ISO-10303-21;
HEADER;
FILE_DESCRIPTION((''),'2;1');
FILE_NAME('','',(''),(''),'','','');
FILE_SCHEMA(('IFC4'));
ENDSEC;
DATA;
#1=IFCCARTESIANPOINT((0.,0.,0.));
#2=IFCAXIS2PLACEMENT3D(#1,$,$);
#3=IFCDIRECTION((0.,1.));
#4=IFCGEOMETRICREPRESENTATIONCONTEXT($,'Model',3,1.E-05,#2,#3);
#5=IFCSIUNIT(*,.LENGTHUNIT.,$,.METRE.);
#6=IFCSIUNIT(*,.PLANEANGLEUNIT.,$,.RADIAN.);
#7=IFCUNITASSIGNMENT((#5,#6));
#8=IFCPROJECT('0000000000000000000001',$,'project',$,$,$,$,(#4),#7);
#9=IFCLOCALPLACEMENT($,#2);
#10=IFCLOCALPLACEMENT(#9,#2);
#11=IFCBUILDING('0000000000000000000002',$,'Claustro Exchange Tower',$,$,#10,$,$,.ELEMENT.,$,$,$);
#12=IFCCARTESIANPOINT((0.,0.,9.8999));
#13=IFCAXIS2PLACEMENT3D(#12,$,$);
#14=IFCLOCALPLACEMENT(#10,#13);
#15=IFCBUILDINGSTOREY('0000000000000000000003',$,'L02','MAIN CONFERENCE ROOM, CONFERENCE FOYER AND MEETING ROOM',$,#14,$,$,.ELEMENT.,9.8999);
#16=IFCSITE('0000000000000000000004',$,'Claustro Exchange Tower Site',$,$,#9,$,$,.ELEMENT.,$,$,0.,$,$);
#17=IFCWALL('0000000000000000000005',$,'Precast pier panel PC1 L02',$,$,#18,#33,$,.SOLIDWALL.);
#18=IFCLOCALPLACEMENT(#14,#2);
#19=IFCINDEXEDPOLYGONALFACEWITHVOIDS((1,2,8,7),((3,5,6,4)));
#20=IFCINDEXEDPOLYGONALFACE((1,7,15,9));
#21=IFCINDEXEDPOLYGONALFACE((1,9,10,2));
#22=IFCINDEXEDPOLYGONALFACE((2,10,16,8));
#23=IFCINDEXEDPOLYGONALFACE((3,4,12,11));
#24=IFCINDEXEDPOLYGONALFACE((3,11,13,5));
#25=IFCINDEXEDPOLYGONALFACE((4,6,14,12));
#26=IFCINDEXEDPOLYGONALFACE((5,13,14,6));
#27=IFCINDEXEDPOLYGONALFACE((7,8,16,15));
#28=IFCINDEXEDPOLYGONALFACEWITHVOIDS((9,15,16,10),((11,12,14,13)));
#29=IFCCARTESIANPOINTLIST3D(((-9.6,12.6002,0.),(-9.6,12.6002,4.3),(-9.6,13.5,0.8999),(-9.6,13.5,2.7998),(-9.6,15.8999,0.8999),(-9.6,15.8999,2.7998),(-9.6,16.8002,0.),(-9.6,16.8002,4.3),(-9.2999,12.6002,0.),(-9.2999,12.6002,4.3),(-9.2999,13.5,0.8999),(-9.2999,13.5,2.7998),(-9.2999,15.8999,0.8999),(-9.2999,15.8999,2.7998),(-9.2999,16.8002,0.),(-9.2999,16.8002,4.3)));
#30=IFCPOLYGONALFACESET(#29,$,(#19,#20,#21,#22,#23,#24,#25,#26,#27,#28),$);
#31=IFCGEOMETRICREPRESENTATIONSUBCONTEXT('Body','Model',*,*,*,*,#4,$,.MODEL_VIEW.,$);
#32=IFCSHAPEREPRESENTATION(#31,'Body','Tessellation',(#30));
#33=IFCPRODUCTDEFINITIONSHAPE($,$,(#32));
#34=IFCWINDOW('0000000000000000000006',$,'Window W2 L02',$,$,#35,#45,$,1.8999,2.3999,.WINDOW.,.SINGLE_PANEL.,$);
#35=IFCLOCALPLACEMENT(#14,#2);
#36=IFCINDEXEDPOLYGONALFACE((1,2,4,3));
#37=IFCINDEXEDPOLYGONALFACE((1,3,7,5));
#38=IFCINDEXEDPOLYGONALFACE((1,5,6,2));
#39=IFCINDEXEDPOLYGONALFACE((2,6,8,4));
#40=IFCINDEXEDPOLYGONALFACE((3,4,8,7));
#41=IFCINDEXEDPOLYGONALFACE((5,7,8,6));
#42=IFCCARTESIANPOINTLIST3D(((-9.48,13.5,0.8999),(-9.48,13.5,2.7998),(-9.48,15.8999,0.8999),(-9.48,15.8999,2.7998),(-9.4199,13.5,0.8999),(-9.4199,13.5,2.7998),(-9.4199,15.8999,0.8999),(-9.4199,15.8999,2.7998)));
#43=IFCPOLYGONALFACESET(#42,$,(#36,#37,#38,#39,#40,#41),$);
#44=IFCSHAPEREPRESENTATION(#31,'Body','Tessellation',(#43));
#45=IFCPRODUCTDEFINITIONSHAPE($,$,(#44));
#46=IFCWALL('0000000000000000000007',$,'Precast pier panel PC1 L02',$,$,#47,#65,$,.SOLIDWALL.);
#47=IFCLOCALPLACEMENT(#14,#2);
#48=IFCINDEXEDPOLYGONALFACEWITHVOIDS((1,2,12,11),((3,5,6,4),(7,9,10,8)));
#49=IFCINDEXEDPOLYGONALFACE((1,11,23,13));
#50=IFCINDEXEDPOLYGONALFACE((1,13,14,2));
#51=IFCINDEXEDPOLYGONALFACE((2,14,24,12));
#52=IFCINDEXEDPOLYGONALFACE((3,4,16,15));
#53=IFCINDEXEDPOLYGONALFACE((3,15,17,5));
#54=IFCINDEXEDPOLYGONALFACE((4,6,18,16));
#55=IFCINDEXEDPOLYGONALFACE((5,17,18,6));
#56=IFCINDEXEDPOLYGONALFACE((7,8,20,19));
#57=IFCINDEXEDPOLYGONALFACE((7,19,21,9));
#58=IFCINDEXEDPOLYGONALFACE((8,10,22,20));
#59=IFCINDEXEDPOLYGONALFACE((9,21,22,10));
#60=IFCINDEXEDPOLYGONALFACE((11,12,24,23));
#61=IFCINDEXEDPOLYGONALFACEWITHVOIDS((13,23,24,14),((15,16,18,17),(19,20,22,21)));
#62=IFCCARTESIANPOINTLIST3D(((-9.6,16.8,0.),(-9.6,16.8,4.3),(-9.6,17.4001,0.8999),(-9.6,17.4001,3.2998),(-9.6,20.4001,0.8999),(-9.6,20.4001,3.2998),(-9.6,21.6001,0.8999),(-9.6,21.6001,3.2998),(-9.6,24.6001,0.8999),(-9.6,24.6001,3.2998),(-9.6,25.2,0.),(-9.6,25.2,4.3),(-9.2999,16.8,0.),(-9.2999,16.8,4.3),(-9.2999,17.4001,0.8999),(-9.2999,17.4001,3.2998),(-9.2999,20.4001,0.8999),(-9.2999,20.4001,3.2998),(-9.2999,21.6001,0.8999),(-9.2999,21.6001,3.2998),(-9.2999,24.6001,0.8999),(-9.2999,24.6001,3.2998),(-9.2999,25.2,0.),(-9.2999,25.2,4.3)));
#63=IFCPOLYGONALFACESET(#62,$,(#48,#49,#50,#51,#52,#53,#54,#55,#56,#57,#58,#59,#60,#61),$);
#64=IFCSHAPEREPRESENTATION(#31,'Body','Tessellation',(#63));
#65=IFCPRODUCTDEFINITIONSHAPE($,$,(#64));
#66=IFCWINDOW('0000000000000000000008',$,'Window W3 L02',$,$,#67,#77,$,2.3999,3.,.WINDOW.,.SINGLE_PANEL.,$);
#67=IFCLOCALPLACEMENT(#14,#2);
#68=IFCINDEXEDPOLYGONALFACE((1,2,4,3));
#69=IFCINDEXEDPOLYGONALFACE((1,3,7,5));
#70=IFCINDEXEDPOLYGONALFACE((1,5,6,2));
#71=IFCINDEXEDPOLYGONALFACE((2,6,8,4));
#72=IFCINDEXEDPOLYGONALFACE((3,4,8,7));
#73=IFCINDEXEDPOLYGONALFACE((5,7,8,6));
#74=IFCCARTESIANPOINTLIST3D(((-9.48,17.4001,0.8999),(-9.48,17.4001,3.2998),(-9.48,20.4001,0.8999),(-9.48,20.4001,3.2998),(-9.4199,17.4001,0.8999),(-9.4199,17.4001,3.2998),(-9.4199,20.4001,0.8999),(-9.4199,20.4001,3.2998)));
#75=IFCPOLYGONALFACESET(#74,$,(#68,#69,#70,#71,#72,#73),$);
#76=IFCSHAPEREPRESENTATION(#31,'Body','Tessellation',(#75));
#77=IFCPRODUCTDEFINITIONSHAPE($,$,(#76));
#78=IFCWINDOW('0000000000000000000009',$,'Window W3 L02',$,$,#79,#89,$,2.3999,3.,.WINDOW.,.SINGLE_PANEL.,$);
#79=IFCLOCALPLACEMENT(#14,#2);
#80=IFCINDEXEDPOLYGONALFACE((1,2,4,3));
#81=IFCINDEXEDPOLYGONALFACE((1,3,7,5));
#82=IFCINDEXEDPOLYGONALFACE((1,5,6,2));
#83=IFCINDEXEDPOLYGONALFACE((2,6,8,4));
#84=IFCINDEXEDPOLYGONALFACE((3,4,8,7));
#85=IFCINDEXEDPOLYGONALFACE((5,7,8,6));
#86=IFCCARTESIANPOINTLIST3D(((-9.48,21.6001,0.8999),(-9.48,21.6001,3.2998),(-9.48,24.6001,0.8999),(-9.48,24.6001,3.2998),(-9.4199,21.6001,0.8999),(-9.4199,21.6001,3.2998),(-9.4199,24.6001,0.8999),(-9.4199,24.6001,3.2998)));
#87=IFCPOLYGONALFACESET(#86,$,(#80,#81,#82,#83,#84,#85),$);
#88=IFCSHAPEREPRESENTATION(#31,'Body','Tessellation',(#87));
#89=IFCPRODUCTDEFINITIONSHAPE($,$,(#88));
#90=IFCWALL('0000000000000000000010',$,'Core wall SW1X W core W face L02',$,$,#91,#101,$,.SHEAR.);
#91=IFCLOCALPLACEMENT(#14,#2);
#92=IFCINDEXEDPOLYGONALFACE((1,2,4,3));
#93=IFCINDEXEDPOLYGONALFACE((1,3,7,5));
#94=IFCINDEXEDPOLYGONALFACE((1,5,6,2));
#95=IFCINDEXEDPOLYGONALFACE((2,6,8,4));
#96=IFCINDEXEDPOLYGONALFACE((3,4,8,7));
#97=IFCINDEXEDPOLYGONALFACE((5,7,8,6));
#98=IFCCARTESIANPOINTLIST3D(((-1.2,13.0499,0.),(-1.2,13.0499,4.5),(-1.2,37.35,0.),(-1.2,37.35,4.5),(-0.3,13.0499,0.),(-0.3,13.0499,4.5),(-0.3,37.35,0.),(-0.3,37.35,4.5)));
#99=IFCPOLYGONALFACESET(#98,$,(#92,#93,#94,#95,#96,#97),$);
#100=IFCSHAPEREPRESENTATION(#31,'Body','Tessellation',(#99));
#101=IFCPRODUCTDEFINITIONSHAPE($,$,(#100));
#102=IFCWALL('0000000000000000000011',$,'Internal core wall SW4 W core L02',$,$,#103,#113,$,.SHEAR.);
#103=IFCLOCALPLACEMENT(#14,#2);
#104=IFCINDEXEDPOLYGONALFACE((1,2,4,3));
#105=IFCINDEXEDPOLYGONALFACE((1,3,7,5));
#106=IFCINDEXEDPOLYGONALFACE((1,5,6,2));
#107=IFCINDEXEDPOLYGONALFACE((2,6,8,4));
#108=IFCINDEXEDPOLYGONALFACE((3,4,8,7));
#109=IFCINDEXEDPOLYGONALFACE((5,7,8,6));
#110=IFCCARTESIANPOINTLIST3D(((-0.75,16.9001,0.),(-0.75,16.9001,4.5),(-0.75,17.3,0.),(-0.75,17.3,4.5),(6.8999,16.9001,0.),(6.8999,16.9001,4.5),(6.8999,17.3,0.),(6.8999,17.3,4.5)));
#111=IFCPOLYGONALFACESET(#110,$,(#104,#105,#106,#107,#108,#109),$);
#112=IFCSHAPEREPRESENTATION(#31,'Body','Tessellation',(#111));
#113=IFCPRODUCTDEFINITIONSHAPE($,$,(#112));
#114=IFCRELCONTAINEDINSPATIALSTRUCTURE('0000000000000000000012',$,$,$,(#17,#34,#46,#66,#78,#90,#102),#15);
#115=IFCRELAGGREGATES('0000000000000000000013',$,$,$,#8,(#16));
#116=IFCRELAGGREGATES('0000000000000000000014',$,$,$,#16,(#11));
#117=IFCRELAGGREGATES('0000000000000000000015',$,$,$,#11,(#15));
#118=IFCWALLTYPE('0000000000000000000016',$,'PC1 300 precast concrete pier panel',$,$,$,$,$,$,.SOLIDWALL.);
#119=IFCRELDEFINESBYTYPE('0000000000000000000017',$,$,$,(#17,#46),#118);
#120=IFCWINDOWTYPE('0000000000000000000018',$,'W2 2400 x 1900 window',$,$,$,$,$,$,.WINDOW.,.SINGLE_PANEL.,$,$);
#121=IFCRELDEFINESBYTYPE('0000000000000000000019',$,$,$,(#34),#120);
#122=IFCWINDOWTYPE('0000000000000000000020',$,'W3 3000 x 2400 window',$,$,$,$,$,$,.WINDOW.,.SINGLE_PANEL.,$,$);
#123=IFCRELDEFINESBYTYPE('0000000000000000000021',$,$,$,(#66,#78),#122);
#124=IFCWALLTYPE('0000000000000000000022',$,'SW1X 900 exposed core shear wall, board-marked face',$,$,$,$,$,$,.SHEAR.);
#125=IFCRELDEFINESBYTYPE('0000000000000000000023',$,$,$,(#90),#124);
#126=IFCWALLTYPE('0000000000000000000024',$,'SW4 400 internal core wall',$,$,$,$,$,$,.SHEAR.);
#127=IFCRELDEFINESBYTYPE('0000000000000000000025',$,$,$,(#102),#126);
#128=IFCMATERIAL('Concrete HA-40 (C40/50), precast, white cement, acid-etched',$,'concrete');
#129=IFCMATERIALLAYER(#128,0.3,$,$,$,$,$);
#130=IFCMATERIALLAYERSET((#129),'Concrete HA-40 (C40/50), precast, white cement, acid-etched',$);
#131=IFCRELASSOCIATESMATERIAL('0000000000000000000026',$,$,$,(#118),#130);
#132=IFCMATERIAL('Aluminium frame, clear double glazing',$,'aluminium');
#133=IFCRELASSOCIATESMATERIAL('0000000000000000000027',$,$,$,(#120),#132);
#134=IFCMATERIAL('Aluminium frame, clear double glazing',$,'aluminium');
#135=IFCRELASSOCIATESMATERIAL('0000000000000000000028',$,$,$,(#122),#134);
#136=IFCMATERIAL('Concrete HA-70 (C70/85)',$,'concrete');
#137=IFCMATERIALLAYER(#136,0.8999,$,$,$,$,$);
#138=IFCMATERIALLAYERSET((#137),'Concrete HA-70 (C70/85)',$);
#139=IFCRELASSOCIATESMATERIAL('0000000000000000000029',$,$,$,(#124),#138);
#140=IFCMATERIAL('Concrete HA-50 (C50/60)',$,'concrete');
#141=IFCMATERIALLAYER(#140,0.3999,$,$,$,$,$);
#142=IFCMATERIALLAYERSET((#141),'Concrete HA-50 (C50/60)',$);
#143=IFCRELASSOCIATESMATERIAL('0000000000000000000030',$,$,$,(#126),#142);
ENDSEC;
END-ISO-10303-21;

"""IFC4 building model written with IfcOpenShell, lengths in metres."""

from ifc_helpers import new_model, si_unit, direction, frame, frame_2d, origin, place, context, subcontext, project, spatial, rectangle, extrude, material, layer, layer_set, type_object, element, fill, save


model = new_model("IFC4")

# Units and contexts
model_context = context("Model", 3, precision=1e-05, world=origin(), true_north=direction((0.0, 1.0)))
body_context = subcontext(model_context, "Body", "Model", "MODEL_VIEW")
ifc_project = project(units=[si_unit("LENGTHUNIT", "METRE"), si_unit("PLANEANGLEUNIT", "RADIAN")], contexts=[model_context])

# Site, building, storey
site_placement = place(None, origin())
site = spatial("IfcSite", under=ifc_project, at=site_placement, Name="Claustro Exchange Tower Site", CompositionType="ELEMENT", RefElevation=0.0)
building_placement = place(site_placement, origin())
building = spatial("IfcBuilding", under=site, at=building_placement, Name="Claustro Exchange Tower", CompositionType="ELEMENT")
storey_placement = place(building_placement, frame((0.0, 0.0, 9.8999)))
storey = spatial("IfcBuildingStorey", under=building, at=storey_placement, Name="L02", Description="MAIN CONFERENCE ROOM, CONFERENCE FOYER AND MEETING ROOM", CompositionType="ELEMENT", Elevation=9.8999)

# Wall, opening, window
ifc_material_1 = material(Name="Concrete HA-40 (C40/50), precast, white cement, acid-etched", Category="concrete")
ifc_layer_1 = layer(ifc_material_1, 0.3)
ifc_layer_set_1 = layer_set([ifc_layer_1], Name="Concrete HA-40 (C40/50), precast, white cement, acid-etched")
wall_type_1 = type_object("IfcWallType", Name="PC1 300 precast concrete pier panel", PredefinedType="SOLIDWALL", material=ifc_layer_set_1)
ifc_material_2 = material(Name="Aluminium frame, clear double glazing", Category="aluminium")
window_type_1 = type_object("IfcWindowType", Name="W2 2400 x 1900 window", PartitioningType="SINGLE_PANEL", PredefinedType="WINDOW", material=ifc_material_2)
wall_1_placement = place(storey_placement, frame((-9.45, 12.6001, 0.0), z_axis=(0.0, 0.0, 1.0), x_axis=(0.0, 1.0, 0.0)))
wall_1 = element("IfcWall", 1, at=wall_1_placement, inside=storey, type_object=wall_type_1, Name="Precast pier panel PC1 L02", PredefinedType="SOLIDWALL", context=body_context, shape_type="SweptSolid", body=[
    extrude(rectangle(XDim=4.2, YDim=0.3, at=frame_2d((2.1001, 0.0))), origin(), (0.0, 0.0, 1.0), 4.3),
])
opening_1_placement = place(wall_1_placement, frame((0.8999, 0.0, 0.8999)))
opening_1 = element("IfcOpeningElement", 2, at=opening_1_placement, cuts=wall_1, PredefinedType="OPENING", context=body_context, shape_type="SweptSolid", body=[
    extrude(rectangle(XDim=2.3999, YDim=1.8999, at=frame_2d((1.2, 0.95))), frame((0.0, 0.1599, 0.0), z_axis=(0.0, -1.0, 0.0), x_axis=(1.0, 0.0, 0.0)), (0.0, 0.0, 1.0), 0.3201),
])
window_1_placement = place(opening_1_placement, origin())
window_1 = element("IfcWindow", 3, at=window_1_placement, inside=storey, type_object=window_type_1, Name="Window W2 L02", OverallHeight=1.8999, OverallWidth=2.3999, PartitioningType="SINGLE_PANEL", PredefinedType="WINDOW", context=body_context, shape_type="SweptSolid", body=[
    extrude(rectangle(XDim=2.3999, YDim=1.8999, at=frame_2d((1.2, 0.95))), frame((0.0, 0.03, 0.0), z_axis=(0.0, -1.0, 0.0), x_axis=(1.0, 0.0, 0.0)), (0.0, 0.0, 1.0), 0.0601),
])
fill(opening_1, window_1)

# Wall, openings, windows
wall_2_placement = place(storey_placement, frame((-9.45, 16.8, 0.0), z_axis=(0.0, 0.0, 1.0), x_axis=(0.0, 1.0, 0.0)))
wall_2 = element("IfcWall", 4, at=wall_2_placement, inside=storey, type_object=wall_type_1, Name="Precast pier panel PC1 L02", PredefinedType="SOLIDWALL", context=body_context, shape_type="SweptSolid", body=[
    extrude(rectangle(XDim=8.3999, YDim=0.3, at=frame_2d((4.2, 0.0))), origin(), (0.0, 0.0, 1.0), 4.3),
])
opening_2_placement = place(wall_2_placement, frame((0.6001, 0.0, 0.8999)))
opening_2 = element("IfcOpeningElement", 5, at=opening_2_placement, cuts=wall_2, PredefinedType="OPENING", context=body_context, shape_type="SweptSolid", body=[
    extrude(rectangle(XDim=3.0, YDim=2.3999, at=frame_2d((1.5, 1.2))), frame((0.0, 0.1599, 0.0), z_axis=(0.0, -1.0, 0.0), x_axis=(1.0, 0.0, 0.0)), (0.0, 0.0, 1.0), 0.3201),
])
opening_3_placement = place(wall_2_placement, frame((4.8, 0.0, 0.8999)))
opening_3 = element("IfcOpeningElement", 6, at=opening_3_placement, cuts=wall_2, PredefinedType="OPENING", context=body_context, shape_type="SweptSolid", body=[
    extrude(rectangle(XDim=3.0, YDim=2.3999, at=frame_2d((1.5, 1.2))), frame((0.0, 0.1599, 0.0), z_axis=(0.0, -1.0, 0.0), x_axis=(1.0, 0.0, 0.0)), (0.0, 0.0, 1.0), 0.3201),
])
ifc_material_3 = material(Name="Aluminium frame, clear double glazing", Category="aluminium")
window_type_2 = type_object("IfcWindowType", Name="W3 3000 x 2400 window", PartitioningType="SINGLE_PANEL", PredefinedType="WINDOW", material=ifc_material_3)
window_2_placement = place(opening_2_placement, origin())
window_2 = element("IfcWindow", 7, at=window_2_placement, inside=storey, type_object=window_type_2, Name="Window W3 L02", OverallHeight=2.3999, OverallWidth=3.0, PartitioningType="SINGLE_PANEL", PredefinedType="WINDOW", context=body_context, shape_type="SweptSolid", body=[
    extrude(rectangle(XDim=3.0, YDim=2.3999, at=frame_2d((1.5, 1.2))), frame((0.0, 0.03, 0.0), z_axis=(0.0, -1.0, 0.0), x_axis=(1.0, 0.0, 0.0)), (0.0, 0.0, 1.0), 0.0601),
])
fill(opening_2, window_2)
window_3_placement = place(opening_3_placement, origin())
window_3 = element("IfcWindow", 8, at=window_3_placement, inside=storey, type_object=window_type_2, Name="Window W3 L02", OverallHeight=2.3999, OverallWidth=3.0, PartitioningType="SINGLE_PANEL", PredefinedType="WINDOW", context=body_context, shape_type="SweptSolid", body=[
    extrude(rectangle(XDim=3.0, YDim=2.3999, at=frame_2d((1.5, 1.2))), frame((0.0, 0.03, 0.0), z_axis=(0.0, -1.0, 0.0), x_axis=(1.0, 0.0, 0.0)), (0.0, 0.0, 1.0), 0.0601),
])
fill(opening_3, window_3)

# Walls
ifc_material_4 = material(Name="Concrete HA-70 (C70/85)", Category="concrete")
ifc_layer_2 = layer(ifc_material_4, 0.8999)
ifc_layer_set_2 = layer_set([ifc_layer_2], Name="Concrete HA-70 (C70/85)")
wall_type_2 = type_object("IfcWallType", Name="SW1X 900 exposed core shear wall, board-marked face", PredefinedType="SHEAR", material=ifc_layer_set_2)
wall_3_placement = place(storey_placement, frame((-0.75, 13.05, 0.0), z_axis=(0.0, 0.0, 1.0), x_axis=(0.0, 1.0, 0.0)))
element("IfcWall", 9, at=wall_3_placement, inside=storey, type_object=wall_type_2, Name="Core wall SW1X W core W face L02", PredefinedType="SHEAR", context=body_context, shape_type="SweptSolid", body=[
    extrude(rectangle(XDim=24.3, YDim=0.8999, at=frame_2d((12.1499, 0.0))), origin(), (0.0, 0.0, 1.0), 4.5),
])
ifc_material_5 = material(Name="Concrete HA-50 (C50/60)", Category="concrete")
ifc_layer_3 = layer(ifc_material_5, 0.3999)
ifc_layer_set_3 = layer_set([ifc_layer_3], Name="Concrete HA-50 (C50/60)")
wall_type_3 = type_object("IfcWallType", Name="SW4 400 internal core wall", PredefinedType="SHEAR", material=ifc_layer_set_3)
wall_4_placement = place(storey_placement, frame((-0.75, 17.1001, 0.0), z_axis=(0.0, 0.0, 1.0), x_axis=(1.0, 0.0, 0.0)))
element("IfcWall", 10, at=wall_4_placement, inside=storey, type_object=wall_type_3, Name="Internal core wall SW4 W core L02", PredefinedType="SHEAR", context=body_context, shape_type="SweptSolid", body=[
    extrude(rectangle(XDim=7.6499, YDim=0.3999, at=frame_2d((3.825, 0.0))), origin(), (0.0, 0.0, 1.0), 4.5),
])

save(model, "model.ifc")
